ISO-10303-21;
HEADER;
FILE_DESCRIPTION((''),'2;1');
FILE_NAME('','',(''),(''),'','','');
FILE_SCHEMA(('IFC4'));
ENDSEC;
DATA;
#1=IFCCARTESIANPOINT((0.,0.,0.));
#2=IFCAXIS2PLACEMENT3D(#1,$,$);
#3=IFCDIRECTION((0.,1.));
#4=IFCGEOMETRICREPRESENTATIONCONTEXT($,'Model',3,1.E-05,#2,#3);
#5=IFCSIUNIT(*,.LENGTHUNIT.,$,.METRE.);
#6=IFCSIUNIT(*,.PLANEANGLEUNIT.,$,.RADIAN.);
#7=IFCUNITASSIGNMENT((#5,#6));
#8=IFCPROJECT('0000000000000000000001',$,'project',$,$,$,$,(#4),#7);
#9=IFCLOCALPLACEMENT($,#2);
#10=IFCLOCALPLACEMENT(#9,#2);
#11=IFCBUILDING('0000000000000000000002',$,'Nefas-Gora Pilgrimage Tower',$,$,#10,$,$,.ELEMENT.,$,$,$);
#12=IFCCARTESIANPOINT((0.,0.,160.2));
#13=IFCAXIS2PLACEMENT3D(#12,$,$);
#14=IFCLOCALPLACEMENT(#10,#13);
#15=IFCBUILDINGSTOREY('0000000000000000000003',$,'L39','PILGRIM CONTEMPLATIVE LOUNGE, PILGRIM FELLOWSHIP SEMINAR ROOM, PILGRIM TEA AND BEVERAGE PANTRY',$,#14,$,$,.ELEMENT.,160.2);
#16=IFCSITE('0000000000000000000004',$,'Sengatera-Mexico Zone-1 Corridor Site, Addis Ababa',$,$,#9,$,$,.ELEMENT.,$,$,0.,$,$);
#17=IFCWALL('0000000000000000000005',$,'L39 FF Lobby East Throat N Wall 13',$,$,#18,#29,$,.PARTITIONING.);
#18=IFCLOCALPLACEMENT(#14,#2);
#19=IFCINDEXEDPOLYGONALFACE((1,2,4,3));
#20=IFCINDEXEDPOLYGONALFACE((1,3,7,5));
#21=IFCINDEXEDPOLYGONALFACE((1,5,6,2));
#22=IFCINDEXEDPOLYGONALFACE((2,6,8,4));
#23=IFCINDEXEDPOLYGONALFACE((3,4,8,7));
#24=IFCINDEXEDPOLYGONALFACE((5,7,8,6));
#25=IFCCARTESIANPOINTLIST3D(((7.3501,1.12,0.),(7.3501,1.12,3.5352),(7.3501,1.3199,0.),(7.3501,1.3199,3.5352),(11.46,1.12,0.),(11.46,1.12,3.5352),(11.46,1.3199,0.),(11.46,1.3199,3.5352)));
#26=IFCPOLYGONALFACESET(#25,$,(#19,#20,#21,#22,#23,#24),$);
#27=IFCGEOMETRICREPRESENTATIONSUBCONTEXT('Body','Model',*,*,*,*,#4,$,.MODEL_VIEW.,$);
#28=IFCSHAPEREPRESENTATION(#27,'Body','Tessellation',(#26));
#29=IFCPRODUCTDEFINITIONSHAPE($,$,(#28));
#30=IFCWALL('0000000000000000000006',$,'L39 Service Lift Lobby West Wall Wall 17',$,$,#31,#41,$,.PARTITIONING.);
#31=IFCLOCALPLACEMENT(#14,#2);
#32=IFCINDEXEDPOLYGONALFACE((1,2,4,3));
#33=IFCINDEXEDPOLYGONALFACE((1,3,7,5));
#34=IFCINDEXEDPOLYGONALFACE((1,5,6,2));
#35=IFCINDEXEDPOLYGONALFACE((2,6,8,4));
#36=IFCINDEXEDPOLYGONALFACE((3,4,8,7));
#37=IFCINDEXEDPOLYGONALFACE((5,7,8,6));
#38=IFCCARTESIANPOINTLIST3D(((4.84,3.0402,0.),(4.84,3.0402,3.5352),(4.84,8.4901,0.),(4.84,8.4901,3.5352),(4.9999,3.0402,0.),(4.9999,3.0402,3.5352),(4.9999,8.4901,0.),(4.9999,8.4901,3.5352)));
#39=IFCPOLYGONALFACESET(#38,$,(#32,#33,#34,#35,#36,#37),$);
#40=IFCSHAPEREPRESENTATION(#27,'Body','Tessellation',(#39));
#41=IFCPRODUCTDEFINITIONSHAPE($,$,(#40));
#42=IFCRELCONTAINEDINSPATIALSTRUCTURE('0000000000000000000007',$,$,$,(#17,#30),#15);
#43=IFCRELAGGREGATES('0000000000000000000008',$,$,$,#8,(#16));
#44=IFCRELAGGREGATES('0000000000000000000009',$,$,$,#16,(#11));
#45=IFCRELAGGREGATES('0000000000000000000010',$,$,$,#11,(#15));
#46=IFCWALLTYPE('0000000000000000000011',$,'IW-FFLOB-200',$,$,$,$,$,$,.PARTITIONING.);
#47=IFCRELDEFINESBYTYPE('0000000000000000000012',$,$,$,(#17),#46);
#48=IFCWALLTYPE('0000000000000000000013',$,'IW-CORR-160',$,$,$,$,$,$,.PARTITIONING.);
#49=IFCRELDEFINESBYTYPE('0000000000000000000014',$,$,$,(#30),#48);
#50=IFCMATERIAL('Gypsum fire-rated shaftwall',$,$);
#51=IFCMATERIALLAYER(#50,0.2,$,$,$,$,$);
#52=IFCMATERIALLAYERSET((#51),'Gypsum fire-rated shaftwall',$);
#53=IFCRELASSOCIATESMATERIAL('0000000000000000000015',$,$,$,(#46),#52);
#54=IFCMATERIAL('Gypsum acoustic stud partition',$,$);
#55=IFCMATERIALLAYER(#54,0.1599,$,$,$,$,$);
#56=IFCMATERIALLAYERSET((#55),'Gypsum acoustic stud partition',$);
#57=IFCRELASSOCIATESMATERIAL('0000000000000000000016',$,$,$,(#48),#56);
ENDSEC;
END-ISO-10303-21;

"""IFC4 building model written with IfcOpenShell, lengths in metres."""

from ifc_helpers import new_model, si_unit, direction, frame, frame_2d, origin, place, context, subcontext, project, spatial, rectangle, extrude, source, transform, mapped, material, layer, layer_set, type_object, element, save


model = new_model("IFC4")

# Units and contexts
model_context = context("Model", 3, precision=1e-05, world=origin(), true_north=direction((0.0, 1.0)))
body_context = subcontext(model_context, "Body", "Model", "MODEL_VIEW")
ifc_project = project(units=[si_unit("LENGTHUNIT", "METRE"), si_unit("PLANEANGLEUNIT", "RADIAN")], contexts=[model_context])

# Site, building, storey
site_placement = place(None, origin())
site = spatial("IfcSite", under=ifc_project, at=site_placement, Name="Sengatera-Mexico Zone-1 Corridor Site, Addis Ababa", CompositionType="ELEMENT", RefElevation=0.0)
building_placement = place(site_placement, origin())
building = spatial("IfcBuilding", under=site, at=building_placement, Name="Nefas-Gora Pilgrimage Tower", CompositionType="ELEMENT")
storey_placement = place(building_placement, frame((0.0, 0.0, 160.2)))
storey = spatial("IfcBuildingStorey", under=building, at=storey_placement, Name="L39", Description="PILGRIM CONTEMPLATIVE LOUNGE, PILGRIM FELLOWSHIP SEMINAR ROOM, PILGRIM TEA AND BEVERAGE PANTRY", CompositionType="ELEMENT", Elevation=160.2)

# Shared definitions
ifc_material_1 = material(Name="Gypsum fire-rated shaftwall")
ifc_layer_1 = layer(ifc_material_1, 0.2)
ifc_layer_set_1 = layer_set([ifc_layer_1], Name="Gypsum fire-rated shaftwall")
wall_type_1 = type_object("IfcWallType", Name="IW-FFLOB-200", PredefinedType="PARTITIONING", material=ifc_layer_set_1)

# Walls
shared_shape_1 = source(origin(), body_context, "Body", "SweptSolid", [
    extrude(rectangle(XDim=4.1099, YDim=0.2, at=frame_2d((2.0549, 0.0))), origin(), (0.0, 0.0, 1.0), 3.5352),
])
wall_1_placement = place(storey_placement, frame((7.3501, 1.22, 0.0), z_axis=(0.0, 0.0, 1.0), x_axis=(1.0, 0.0, 0.0)))
element("IfcWall", 1, at=wall_1_placement, inside=storey, type_object=wall_type_1, Name="L39 FF Lobby East Throat N Wall 13", PredefinedType="PARTITIONING", context=body_context, shape_type="MappedRepresentation", body=[
    mapped(shared_shape_1, transform((0.0, 0.0, 0.0), x_axis=(1.0, 0.0, 0.0), y_axis=(0.0, 1.0, 0.0), z_axis=(0.0, 0.0, 1.0), scale=1.0)),
])
ifc_material_2 = material(Name="Gypsum acoustic stud partition")
ifc_layer_2 = layer(ifc_material_2, 0.1599)
ifc_layer_set_2 = layer_set([ifc_layer_2], Name="Gypsum acoustic stud partition")
wall_type_2 = type_object("IfcWallType", Name="IW-CORR-160", PredefinedType="PARTITIONING", material=ifc_layer_set_2)
shared_shape_2 = source(origin(), body_context, "Body", "SweptSolid", [
    extrude(rectangle(XDim=5.45, YDim=0.1599, at=frame_2d((2.7251, 0.0))), origin(), (0.0, 0.0, 1.0), 3.5352),
])
wall_2_placement = place(storey_placement, frame((4.9199, 3.04, 0.0), z_axis=(0.0, 0.0, 1.0), x_axis=(0.0, 1.0, 0.0)))
element("IfcWall", 2, at=wall_2_placement, inside=storey, type_object=wall_type_2, Name="L39 Service Lift Lobby West Wall Wall 17", PredefinedType="PARTITIONING", context=body_context, shape_type="MappedRepresentation", body=[
    mapped(shared_shape_2, transform((0.0, 0.0, 0.0), x_axis=(1.0, 0.0, 0.0), y_axis=(0.0, 1.0, 0.0), z_axis=(0.0, 0.0, 1.0), scale=1.0)),
])

save(model, "model.ifc")
